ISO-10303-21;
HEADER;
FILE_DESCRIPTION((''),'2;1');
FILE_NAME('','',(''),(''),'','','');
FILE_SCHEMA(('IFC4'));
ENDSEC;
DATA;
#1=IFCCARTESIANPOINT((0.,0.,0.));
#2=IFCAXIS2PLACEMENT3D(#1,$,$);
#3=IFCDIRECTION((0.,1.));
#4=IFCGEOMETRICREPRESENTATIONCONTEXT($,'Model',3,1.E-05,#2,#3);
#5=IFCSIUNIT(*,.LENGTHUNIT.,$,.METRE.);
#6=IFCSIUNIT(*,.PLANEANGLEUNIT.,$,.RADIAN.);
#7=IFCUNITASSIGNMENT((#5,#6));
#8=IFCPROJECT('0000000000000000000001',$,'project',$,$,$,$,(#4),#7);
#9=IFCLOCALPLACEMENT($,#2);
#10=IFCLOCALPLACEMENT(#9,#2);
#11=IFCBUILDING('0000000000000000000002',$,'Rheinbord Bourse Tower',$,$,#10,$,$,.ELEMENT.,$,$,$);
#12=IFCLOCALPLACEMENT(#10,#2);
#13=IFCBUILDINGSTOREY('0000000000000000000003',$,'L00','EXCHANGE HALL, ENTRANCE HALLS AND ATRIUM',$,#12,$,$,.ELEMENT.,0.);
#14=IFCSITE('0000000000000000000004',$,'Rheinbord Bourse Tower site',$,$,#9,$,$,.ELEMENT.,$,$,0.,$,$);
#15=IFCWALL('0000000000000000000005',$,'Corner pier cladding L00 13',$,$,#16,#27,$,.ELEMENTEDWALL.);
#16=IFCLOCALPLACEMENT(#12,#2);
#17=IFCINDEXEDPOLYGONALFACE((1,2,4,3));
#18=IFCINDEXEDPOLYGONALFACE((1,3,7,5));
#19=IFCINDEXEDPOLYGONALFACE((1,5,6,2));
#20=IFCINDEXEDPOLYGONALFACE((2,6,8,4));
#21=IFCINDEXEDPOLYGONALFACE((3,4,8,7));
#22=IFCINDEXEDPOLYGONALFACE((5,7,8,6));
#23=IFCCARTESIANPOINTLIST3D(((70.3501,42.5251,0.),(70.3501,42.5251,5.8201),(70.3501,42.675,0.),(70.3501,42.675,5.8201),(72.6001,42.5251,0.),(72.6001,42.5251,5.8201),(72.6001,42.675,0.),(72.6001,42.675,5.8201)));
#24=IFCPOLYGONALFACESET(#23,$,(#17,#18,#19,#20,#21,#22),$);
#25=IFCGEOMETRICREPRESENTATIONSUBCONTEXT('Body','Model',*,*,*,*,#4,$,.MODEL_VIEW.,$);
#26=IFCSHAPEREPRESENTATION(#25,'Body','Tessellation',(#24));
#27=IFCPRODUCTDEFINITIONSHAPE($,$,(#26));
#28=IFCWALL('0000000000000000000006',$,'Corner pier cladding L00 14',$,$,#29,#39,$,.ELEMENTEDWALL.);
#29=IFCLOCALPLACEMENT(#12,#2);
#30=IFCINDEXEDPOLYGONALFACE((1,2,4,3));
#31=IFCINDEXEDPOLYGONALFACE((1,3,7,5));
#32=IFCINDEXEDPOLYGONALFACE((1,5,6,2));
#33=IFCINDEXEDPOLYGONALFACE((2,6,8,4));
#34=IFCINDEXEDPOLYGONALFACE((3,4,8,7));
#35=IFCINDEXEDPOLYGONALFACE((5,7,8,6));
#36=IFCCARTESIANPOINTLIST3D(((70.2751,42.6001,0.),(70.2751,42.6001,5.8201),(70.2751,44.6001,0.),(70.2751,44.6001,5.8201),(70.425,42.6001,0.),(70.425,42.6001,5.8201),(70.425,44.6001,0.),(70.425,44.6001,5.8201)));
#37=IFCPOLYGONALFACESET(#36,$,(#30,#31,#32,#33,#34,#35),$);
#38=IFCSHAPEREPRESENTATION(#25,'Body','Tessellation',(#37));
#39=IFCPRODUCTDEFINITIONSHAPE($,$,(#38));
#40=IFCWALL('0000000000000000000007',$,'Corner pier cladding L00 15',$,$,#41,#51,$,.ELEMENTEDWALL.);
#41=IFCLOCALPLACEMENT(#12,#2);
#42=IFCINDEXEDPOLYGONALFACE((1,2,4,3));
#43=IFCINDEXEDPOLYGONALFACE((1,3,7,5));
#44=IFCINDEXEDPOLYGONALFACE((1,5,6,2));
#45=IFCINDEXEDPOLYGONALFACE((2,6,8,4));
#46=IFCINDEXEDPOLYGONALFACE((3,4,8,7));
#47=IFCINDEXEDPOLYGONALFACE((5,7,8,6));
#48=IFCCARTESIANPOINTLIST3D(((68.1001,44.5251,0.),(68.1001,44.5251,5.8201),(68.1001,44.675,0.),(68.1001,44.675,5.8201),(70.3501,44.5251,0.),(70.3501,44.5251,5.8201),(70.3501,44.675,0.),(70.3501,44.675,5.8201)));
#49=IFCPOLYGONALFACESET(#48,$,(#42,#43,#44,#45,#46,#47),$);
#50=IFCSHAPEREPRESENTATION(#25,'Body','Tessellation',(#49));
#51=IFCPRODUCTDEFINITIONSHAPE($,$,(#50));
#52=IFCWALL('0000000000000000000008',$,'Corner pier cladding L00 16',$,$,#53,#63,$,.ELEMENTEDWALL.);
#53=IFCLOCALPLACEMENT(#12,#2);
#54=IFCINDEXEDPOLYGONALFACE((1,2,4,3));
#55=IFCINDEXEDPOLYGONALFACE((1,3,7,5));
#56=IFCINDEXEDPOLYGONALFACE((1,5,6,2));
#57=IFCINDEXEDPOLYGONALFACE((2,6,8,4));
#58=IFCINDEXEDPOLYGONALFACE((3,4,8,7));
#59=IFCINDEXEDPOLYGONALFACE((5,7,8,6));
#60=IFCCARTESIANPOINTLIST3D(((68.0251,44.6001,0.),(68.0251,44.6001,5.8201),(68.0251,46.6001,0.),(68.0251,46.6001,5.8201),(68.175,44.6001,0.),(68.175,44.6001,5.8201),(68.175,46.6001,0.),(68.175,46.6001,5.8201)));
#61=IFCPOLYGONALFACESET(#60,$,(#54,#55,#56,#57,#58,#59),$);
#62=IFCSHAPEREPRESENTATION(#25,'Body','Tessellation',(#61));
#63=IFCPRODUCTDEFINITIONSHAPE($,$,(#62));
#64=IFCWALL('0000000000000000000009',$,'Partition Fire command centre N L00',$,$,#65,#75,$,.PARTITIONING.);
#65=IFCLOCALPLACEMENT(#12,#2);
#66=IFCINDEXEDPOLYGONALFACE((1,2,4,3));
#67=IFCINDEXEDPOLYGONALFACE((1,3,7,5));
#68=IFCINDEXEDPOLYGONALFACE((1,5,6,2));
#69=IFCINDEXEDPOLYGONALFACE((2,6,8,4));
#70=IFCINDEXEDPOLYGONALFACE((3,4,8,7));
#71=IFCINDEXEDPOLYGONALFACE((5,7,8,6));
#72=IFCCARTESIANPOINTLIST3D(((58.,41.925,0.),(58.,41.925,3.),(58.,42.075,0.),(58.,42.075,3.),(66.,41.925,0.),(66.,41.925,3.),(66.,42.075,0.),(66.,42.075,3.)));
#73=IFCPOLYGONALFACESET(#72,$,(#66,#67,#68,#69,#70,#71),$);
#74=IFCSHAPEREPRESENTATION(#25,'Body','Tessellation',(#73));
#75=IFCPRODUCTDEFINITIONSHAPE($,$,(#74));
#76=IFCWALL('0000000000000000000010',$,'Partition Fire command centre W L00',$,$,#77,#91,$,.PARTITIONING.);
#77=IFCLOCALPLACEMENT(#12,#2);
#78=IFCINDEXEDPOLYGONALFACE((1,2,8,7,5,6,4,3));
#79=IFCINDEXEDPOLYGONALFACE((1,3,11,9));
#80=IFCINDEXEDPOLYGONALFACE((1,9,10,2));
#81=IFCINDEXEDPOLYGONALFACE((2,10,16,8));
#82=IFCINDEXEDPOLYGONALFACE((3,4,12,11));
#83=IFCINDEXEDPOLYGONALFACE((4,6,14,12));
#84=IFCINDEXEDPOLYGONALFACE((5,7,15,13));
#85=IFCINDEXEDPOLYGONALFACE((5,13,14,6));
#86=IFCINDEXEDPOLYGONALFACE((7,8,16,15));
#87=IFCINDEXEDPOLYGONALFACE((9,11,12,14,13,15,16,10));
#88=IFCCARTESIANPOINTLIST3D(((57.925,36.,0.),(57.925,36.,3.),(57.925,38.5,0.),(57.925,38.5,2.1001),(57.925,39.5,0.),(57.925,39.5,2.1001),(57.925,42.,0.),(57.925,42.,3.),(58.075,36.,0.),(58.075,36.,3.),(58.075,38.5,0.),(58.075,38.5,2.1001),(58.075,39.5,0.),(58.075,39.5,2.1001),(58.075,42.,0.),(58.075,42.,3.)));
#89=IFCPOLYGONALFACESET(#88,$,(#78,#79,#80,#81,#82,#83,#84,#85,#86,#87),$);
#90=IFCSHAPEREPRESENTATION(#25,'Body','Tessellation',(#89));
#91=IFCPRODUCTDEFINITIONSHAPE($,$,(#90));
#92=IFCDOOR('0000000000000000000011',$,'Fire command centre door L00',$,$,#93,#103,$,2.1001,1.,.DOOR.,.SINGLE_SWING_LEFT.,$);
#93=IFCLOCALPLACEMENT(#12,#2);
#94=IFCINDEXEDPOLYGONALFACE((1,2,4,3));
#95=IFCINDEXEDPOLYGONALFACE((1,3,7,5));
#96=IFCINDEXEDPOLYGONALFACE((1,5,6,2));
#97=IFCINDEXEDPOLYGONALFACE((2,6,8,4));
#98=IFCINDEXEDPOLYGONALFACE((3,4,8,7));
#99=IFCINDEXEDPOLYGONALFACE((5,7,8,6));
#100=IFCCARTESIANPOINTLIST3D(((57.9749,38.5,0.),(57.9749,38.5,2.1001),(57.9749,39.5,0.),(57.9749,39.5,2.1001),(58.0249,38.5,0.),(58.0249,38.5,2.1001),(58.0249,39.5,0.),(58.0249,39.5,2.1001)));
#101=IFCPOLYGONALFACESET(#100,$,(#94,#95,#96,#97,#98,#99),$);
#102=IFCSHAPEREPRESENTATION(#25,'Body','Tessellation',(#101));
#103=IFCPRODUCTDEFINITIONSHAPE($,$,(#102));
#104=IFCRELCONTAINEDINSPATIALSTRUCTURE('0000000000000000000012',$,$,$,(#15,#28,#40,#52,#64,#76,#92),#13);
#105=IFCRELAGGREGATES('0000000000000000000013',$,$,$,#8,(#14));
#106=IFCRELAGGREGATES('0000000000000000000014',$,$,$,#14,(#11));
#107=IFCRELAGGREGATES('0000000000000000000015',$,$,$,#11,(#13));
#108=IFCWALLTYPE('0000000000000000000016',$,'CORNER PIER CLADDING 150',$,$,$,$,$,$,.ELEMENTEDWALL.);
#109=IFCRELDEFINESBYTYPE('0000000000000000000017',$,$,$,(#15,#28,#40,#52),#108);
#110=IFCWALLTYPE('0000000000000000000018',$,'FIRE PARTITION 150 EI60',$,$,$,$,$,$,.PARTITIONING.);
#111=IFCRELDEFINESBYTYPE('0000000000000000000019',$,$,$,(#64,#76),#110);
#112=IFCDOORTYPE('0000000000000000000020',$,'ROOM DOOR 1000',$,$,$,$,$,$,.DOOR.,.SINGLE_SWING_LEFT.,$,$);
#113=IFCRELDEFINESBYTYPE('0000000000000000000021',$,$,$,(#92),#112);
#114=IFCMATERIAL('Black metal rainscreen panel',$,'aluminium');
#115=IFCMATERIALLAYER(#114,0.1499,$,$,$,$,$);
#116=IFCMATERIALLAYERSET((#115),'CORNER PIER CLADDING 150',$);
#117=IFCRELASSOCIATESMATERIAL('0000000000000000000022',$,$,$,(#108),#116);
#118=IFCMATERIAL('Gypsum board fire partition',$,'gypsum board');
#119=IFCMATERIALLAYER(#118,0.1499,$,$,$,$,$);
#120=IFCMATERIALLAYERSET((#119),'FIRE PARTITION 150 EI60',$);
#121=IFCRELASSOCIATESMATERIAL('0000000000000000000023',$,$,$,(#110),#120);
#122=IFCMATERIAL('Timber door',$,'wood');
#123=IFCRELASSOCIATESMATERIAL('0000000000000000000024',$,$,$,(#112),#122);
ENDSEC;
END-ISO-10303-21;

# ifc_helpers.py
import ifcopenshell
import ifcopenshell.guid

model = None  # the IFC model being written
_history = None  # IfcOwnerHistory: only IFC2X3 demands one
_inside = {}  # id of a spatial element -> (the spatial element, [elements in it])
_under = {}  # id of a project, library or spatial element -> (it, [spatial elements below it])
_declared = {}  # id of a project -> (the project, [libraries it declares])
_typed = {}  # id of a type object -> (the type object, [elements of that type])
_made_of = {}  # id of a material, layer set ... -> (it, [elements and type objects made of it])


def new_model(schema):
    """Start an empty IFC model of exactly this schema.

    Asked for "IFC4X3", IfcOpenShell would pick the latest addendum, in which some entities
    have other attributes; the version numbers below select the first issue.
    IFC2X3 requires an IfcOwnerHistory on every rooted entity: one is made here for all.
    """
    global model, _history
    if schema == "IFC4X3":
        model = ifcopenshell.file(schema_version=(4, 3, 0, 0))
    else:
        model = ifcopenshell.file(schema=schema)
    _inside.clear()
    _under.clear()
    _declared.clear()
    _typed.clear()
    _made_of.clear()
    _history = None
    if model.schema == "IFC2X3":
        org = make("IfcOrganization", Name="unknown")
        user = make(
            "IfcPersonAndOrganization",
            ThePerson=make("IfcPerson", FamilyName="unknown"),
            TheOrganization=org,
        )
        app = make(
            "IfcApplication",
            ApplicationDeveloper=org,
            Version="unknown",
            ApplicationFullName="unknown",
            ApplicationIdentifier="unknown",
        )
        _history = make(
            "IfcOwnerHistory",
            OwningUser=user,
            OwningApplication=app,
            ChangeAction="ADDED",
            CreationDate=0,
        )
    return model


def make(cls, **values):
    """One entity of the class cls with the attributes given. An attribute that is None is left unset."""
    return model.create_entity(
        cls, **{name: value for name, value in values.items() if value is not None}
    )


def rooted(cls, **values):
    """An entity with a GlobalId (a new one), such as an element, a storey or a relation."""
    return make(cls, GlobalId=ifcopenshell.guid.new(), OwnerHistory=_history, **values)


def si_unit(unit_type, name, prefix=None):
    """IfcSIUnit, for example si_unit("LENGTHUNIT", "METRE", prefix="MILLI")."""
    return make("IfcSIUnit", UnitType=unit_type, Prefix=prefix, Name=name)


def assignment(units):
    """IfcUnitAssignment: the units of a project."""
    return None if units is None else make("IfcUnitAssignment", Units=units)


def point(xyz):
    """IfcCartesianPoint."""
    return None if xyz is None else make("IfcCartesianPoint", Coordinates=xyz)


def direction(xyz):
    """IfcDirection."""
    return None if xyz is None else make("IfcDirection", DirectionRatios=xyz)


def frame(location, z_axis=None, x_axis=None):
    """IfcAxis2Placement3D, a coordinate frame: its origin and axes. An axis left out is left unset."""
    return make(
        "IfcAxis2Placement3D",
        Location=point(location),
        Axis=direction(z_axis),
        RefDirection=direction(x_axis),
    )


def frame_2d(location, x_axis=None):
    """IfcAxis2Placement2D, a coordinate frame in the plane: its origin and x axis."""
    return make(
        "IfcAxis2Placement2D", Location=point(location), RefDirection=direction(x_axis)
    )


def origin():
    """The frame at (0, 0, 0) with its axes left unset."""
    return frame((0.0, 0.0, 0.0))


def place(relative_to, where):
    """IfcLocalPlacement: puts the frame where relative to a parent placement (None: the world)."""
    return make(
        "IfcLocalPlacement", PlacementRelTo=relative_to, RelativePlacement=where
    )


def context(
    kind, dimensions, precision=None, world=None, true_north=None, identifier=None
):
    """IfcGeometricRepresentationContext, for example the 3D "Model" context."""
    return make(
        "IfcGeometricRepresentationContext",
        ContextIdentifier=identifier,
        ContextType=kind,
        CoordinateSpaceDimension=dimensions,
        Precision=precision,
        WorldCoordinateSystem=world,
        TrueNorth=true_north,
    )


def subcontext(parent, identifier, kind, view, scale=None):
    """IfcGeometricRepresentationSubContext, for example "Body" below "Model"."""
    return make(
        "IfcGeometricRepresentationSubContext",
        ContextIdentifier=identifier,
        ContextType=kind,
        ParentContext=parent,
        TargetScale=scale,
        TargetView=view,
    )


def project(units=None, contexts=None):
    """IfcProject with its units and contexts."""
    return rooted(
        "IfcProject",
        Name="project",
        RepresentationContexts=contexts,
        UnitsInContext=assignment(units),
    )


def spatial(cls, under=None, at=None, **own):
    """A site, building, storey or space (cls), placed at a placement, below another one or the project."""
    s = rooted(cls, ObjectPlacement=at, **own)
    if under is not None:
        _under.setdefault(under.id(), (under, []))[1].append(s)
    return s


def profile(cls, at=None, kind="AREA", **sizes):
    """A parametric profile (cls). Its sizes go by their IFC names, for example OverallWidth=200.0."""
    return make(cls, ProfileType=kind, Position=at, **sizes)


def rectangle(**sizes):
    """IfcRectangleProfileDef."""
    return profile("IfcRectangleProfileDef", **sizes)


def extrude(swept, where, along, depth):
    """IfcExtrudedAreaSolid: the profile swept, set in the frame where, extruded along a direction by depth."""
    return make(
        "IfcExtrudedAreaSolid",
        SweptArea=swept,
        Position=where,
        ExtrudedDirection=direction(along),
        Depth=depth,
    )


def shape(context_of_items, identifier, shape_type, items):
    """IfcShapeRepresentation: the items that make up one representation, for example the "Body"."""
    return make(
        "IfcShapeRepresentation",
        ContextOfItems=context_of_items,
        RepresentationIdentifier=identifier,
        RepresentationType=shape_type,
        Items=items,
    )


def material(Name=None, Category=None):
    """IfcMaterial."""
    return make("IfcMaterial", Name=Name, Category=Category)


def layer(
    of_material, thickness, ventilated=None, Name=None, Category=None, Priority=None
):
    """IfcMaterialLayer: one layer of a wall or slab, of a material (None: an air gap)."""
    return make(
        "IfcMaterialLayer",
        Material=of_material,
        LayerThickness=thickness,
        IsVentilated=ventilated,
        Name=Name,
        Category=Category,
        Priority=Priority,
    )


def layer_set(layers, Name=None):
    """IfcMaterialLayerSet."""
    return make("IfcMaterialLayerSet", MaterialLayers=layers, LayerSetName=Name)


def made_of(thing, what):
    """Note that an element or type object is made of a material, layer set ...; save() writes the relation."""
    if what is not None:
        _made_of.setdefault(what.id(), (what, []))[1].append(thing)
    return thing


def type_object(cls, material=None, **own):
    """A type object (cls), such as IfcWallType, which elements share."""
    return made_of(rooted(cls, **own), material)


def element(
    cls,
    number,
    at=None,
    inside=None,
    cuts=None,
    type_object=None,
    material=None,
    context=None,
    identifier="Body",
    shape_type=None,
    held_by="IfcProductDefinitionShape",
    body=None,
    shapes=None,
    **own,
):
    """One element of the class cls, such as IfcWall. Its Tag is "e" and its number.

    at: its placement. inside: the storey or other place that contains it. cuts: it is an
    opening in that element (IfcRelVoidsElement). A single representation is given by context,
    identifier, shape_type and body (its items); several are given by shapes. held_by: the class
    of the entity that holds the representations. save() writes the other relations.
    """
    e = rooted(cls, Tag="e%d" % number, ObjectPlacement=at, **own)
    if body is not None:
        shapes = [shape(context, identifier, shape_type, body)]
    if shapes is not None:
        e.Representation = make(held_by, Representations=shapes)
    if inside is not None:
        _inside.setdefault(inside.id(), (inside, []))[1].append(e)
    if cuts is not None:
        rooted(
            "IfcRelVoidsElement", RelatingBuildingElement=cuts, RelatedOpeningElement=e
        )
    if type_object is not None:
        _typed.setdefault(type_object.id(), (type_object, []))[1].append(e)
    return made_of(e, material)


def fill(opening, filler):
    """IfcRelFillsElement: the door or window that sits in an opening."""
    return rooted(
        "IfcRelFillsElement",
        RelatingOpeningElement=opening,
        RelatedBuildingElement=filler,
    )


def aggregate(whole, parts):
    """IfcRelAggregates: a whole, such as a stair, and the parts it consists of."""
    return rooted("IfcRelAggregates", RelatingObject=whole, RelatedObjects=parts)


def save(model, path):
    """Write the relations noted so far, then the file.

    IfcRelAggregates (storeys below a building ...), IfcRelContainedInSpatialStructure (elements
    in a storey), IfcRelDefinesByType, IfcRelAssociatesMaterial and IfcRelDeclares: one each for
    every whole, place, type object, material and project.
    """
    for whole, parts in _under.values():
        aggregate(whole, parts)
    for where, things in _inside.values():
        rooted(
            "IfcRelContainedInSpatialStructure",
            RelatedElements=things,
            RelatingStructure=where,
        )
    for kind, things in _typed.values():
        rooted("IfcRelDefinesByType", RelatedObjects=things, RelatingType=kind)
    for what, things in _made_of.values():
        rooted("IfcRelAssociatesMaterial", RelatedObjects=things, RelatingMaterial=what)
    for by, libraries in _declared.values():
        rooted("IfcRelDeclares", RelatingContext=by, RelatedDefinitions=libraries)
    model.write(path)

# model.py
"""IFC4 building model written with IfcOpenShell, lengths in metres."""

from ifc_helpers import new_model, si_unit, direction, frame, frame_2d, origin, place, context, subcontext, project, spatial, rectangle, extrude, material, layer, layer_set, type_object, element, fill, save


model = new_model("IFC4")

# Units and contexts
model_context = context("Model", 3, precision=1e-05, world=origin(), true_north=direction((0.0, 1.0)))
body_context = subcontext(model_context, "Body", "Model", "MODEL_VIEW")
ifc_project = project(units=[si_unit("LENGTHUNIT", "METRE"), si_unit("PLANEANGLEUNIT", "RADIAN")], contexts=[model_context])

# Site, building, storey
site_placement = place(None, origin())
site = spatial("IfcSite", under=ifc_project, at=site_placement, Name="Rheinbord Bourse Tower site", CompositionType="ELEMENT", RefElevation=0.0)
building_placement = place(site_placement, origin())
building = spatial("IfcBuilding", under=site, at=building_placement, Name="Rheinbord Bourse Tower", CompositionType="ELEMENT")
storey_placement = place(building_placement, origin())
storey = spatial("IfcBuildingStorey", under=building, at=storey_placement, Name="L00", Description="EXCHANGE HALL, ENTRANCE HALLS AND ATRIUM", CompositionType="ELEMENT", Elevation=0.0)

# Walls
ifc_material_1 = material(Name="Black metal rainscreen panel", Category="aluminium")
ifc_layer_1 = layer(ifc_material_1, 0.1499)
ifc_layer_set_1 = layer_set([ifc_layer_1], Name="CORNER PIER CLADDING 150")
wall_type_1 = type_object("IfcWallType", Name="CORNER PIER CLADDING 150", PredefinedType="ELEMENTEDWALL", material=ifc_layer_set_1)
wall_1_placement = place(storey_placement, frame((72.6001, 42.6001, 0.0), z_axis=(0.0, 0.0, 1.0), x_axis=(-1.0, 0.0, 0.0)))
element("IfcWall", 1, at=wall_1_placement, inside=storey, type_object=wall_type_1, Name="Corner pier cladding L00 13", PredefinedType="ELEMENTEDWALL", context=body_context, shape_type="SweptSolid", body=[
    extrude(rectangle(XDim=2.25, YDim=0.1499, at=frame_2d((1.125, 0.0))), origin(), (0.0, 0.0, 1.0), 5.8201),
])
wall_2_placement = place(storey_placement, frame((70.3501, 42.6001, 0.0), z_axis=(0.0, 0.0, 1.0), x_axis=(0.0, 1.0, 0.0)))
element("IfcWall", 2, at=wall_2_placement, inside=storey, type_object=wall_type_1, Name="Corner pier cladding L00 14", PredefinedType="ELEMENTEDWALL", context=body_context, shape_type="SweptSolid", body=[
    extrude(rectangle(XDim=2.0, YDim=0.1499, at=frame_2d((1.0, 0.0))), origin(), (0.0, 0.0, 1.0), 5.8201),
])
wall_3_placement = place(storey_placement, frame((70.3501, 44.6001, 0.0), z_axis=(0.0, 0.0, 1.0), x_axis=(-1.0, 0.0, 0.0)))
element("IfcWall", 3, at=wall_3_placement, inside=storey, type_object=wall_type_1, Name="Corner pier cladding L00 15", PredefinedType="ELEMENTEDWALL", context=body_context, shape_type="SweptSolid", body=[
    extrude(rectangle(XDim=2.25, YDim=0.1499, at=frame_2d((1.125, 0.0))), origin(), (0.0, 0.0, 1.0), 5.8201),
])
wall_4_placement = place(storey_placement, frame((68.1001, 44.6001, 0.0), z_axis=(0.0, 0.0, 1.0), x_axis=(0.0, 1.0, 0.0)))
element("IfcWall", 4, at=wall_4_placement, inside=storey, type_object=wall_type_1, Name="Corner pier cladding L00 16", PredefinedType="ELEMENTEDWALL", context=body_context, shape_type="SweptSolid", body=[
    extrude(rectangle(XDim=2.0, YDim=0.1499, at=frame_2d((1.0, 0.0))), origin(), (0.0, 0.0, 1.0), 5.8201),
])
ifc_material_2 = material(Name="Gypsum board fire partition", Category="gypsum board")
ifc_layer_2 = layer(ifc_material_2, 0.1499)
ifc_layer_set_2 = layer_set([ifc_layer_2], Name="FIRE PARTITION 150 EI60")
wall_type_2 = type_object("IfcWallType", Name="FIRE PARTITION 150 EI60", PredefinedType="PARTITIONING", material=ifc_layer_set_2)
wall_5_placement = place(storey_placement, frame((66.0, 42.0, 0.0), z_axis=(0.0, 0.0, 1.0), x_axis=(-1.0, 0.0, 0.0)))
element("IfcWall", 5, at=wall_5_placement, inside=storey, type_object=wall_type_2, Name="Partition Fire command centre N L00", PredefinedType="PARTITIONING", context=body_context, shape_type="SweptSolid", body=[
    extrude(rectangle(XDim=8.0, YDim=0.1499, at=frame_2d((4.0, 0.0))), origin(), (0.0, 0.0, 1.0), 3.0),
])

# Wall, opening, door
wall_6_placement = place(storey_placement, frame((58.0, 42.0, 0.0), z_axis=(0.0, 0.0, 1.0), x_axis=(0.0, -1.0, 0.0)))
wall_6 = element("IfcWall", 6, at=wall_6_placement, inside=storey, type_object=wall_type_2, Name="Partition Fire command centre W L00", PredefinedType="PARTITIONING", context=body_context, shape_type="SweptSolid", body=[
    extrude(rectangle(XDim=6.0, YDim=0.1499, at=frame_2d((3.0, 0.0))), origin(), (0.0, 0.0, 1.0), 3.0),
])
opening_placement = place(wall_6_placement, frame((2.5, 0.0, 0.0)))
opening = element("IfcOpeningElement", 7, at=opening_placement, cuts=wall_6, PredefinedType="OPENING", context=body_context, shape_type="SweptSolid", body=[
    extrude(rectangle(XDim=1.0, YDim=2.1001, at=frame_2d((0.5, 1.05))), frame((0.0, 0.085, 0.0), z_axis=(0.0, -1.0, 0.0), x_axis=(1.0, 0.0, 0.0)), (0.0, 0.0, 1.0), 0.1699),
])
ifc_material_3 = material(Name="Timber door", Category="wood")
door_type = type_object("IfcDoorType", Name="ROOM DOOR 1000", OperationType="SINGLE_SWING_LEFT", PredefinedType="DOOR", material=ifc_material_3)
door_placement = place(opening_placement, origin())
door = element("IfcDoor", 8, at=door_placement, inside=storey, type_object=door_type, Name="Fire command centre door L00", OperationType="SINGLE_SWING_LEFT", OverallHeight=2.1001, OverallWidth=1.0, PredefinedType="DOOR", context=body_context, shape_type="SweptSolid", body=[
    extrude(rectangle(XDim=1.0, YDim=2.1001, at=frame_2d((0.5, 1.05))), frame((0.0, 0.0249, 0.0), z_axis=(0.0, -1.0, 0.0), x_axis=(1.0, 0.0, 0.0)), (0.0, 0.0, 1.0), 0.05),
])
fill(opening, door)

save(model, "model.ifc")
